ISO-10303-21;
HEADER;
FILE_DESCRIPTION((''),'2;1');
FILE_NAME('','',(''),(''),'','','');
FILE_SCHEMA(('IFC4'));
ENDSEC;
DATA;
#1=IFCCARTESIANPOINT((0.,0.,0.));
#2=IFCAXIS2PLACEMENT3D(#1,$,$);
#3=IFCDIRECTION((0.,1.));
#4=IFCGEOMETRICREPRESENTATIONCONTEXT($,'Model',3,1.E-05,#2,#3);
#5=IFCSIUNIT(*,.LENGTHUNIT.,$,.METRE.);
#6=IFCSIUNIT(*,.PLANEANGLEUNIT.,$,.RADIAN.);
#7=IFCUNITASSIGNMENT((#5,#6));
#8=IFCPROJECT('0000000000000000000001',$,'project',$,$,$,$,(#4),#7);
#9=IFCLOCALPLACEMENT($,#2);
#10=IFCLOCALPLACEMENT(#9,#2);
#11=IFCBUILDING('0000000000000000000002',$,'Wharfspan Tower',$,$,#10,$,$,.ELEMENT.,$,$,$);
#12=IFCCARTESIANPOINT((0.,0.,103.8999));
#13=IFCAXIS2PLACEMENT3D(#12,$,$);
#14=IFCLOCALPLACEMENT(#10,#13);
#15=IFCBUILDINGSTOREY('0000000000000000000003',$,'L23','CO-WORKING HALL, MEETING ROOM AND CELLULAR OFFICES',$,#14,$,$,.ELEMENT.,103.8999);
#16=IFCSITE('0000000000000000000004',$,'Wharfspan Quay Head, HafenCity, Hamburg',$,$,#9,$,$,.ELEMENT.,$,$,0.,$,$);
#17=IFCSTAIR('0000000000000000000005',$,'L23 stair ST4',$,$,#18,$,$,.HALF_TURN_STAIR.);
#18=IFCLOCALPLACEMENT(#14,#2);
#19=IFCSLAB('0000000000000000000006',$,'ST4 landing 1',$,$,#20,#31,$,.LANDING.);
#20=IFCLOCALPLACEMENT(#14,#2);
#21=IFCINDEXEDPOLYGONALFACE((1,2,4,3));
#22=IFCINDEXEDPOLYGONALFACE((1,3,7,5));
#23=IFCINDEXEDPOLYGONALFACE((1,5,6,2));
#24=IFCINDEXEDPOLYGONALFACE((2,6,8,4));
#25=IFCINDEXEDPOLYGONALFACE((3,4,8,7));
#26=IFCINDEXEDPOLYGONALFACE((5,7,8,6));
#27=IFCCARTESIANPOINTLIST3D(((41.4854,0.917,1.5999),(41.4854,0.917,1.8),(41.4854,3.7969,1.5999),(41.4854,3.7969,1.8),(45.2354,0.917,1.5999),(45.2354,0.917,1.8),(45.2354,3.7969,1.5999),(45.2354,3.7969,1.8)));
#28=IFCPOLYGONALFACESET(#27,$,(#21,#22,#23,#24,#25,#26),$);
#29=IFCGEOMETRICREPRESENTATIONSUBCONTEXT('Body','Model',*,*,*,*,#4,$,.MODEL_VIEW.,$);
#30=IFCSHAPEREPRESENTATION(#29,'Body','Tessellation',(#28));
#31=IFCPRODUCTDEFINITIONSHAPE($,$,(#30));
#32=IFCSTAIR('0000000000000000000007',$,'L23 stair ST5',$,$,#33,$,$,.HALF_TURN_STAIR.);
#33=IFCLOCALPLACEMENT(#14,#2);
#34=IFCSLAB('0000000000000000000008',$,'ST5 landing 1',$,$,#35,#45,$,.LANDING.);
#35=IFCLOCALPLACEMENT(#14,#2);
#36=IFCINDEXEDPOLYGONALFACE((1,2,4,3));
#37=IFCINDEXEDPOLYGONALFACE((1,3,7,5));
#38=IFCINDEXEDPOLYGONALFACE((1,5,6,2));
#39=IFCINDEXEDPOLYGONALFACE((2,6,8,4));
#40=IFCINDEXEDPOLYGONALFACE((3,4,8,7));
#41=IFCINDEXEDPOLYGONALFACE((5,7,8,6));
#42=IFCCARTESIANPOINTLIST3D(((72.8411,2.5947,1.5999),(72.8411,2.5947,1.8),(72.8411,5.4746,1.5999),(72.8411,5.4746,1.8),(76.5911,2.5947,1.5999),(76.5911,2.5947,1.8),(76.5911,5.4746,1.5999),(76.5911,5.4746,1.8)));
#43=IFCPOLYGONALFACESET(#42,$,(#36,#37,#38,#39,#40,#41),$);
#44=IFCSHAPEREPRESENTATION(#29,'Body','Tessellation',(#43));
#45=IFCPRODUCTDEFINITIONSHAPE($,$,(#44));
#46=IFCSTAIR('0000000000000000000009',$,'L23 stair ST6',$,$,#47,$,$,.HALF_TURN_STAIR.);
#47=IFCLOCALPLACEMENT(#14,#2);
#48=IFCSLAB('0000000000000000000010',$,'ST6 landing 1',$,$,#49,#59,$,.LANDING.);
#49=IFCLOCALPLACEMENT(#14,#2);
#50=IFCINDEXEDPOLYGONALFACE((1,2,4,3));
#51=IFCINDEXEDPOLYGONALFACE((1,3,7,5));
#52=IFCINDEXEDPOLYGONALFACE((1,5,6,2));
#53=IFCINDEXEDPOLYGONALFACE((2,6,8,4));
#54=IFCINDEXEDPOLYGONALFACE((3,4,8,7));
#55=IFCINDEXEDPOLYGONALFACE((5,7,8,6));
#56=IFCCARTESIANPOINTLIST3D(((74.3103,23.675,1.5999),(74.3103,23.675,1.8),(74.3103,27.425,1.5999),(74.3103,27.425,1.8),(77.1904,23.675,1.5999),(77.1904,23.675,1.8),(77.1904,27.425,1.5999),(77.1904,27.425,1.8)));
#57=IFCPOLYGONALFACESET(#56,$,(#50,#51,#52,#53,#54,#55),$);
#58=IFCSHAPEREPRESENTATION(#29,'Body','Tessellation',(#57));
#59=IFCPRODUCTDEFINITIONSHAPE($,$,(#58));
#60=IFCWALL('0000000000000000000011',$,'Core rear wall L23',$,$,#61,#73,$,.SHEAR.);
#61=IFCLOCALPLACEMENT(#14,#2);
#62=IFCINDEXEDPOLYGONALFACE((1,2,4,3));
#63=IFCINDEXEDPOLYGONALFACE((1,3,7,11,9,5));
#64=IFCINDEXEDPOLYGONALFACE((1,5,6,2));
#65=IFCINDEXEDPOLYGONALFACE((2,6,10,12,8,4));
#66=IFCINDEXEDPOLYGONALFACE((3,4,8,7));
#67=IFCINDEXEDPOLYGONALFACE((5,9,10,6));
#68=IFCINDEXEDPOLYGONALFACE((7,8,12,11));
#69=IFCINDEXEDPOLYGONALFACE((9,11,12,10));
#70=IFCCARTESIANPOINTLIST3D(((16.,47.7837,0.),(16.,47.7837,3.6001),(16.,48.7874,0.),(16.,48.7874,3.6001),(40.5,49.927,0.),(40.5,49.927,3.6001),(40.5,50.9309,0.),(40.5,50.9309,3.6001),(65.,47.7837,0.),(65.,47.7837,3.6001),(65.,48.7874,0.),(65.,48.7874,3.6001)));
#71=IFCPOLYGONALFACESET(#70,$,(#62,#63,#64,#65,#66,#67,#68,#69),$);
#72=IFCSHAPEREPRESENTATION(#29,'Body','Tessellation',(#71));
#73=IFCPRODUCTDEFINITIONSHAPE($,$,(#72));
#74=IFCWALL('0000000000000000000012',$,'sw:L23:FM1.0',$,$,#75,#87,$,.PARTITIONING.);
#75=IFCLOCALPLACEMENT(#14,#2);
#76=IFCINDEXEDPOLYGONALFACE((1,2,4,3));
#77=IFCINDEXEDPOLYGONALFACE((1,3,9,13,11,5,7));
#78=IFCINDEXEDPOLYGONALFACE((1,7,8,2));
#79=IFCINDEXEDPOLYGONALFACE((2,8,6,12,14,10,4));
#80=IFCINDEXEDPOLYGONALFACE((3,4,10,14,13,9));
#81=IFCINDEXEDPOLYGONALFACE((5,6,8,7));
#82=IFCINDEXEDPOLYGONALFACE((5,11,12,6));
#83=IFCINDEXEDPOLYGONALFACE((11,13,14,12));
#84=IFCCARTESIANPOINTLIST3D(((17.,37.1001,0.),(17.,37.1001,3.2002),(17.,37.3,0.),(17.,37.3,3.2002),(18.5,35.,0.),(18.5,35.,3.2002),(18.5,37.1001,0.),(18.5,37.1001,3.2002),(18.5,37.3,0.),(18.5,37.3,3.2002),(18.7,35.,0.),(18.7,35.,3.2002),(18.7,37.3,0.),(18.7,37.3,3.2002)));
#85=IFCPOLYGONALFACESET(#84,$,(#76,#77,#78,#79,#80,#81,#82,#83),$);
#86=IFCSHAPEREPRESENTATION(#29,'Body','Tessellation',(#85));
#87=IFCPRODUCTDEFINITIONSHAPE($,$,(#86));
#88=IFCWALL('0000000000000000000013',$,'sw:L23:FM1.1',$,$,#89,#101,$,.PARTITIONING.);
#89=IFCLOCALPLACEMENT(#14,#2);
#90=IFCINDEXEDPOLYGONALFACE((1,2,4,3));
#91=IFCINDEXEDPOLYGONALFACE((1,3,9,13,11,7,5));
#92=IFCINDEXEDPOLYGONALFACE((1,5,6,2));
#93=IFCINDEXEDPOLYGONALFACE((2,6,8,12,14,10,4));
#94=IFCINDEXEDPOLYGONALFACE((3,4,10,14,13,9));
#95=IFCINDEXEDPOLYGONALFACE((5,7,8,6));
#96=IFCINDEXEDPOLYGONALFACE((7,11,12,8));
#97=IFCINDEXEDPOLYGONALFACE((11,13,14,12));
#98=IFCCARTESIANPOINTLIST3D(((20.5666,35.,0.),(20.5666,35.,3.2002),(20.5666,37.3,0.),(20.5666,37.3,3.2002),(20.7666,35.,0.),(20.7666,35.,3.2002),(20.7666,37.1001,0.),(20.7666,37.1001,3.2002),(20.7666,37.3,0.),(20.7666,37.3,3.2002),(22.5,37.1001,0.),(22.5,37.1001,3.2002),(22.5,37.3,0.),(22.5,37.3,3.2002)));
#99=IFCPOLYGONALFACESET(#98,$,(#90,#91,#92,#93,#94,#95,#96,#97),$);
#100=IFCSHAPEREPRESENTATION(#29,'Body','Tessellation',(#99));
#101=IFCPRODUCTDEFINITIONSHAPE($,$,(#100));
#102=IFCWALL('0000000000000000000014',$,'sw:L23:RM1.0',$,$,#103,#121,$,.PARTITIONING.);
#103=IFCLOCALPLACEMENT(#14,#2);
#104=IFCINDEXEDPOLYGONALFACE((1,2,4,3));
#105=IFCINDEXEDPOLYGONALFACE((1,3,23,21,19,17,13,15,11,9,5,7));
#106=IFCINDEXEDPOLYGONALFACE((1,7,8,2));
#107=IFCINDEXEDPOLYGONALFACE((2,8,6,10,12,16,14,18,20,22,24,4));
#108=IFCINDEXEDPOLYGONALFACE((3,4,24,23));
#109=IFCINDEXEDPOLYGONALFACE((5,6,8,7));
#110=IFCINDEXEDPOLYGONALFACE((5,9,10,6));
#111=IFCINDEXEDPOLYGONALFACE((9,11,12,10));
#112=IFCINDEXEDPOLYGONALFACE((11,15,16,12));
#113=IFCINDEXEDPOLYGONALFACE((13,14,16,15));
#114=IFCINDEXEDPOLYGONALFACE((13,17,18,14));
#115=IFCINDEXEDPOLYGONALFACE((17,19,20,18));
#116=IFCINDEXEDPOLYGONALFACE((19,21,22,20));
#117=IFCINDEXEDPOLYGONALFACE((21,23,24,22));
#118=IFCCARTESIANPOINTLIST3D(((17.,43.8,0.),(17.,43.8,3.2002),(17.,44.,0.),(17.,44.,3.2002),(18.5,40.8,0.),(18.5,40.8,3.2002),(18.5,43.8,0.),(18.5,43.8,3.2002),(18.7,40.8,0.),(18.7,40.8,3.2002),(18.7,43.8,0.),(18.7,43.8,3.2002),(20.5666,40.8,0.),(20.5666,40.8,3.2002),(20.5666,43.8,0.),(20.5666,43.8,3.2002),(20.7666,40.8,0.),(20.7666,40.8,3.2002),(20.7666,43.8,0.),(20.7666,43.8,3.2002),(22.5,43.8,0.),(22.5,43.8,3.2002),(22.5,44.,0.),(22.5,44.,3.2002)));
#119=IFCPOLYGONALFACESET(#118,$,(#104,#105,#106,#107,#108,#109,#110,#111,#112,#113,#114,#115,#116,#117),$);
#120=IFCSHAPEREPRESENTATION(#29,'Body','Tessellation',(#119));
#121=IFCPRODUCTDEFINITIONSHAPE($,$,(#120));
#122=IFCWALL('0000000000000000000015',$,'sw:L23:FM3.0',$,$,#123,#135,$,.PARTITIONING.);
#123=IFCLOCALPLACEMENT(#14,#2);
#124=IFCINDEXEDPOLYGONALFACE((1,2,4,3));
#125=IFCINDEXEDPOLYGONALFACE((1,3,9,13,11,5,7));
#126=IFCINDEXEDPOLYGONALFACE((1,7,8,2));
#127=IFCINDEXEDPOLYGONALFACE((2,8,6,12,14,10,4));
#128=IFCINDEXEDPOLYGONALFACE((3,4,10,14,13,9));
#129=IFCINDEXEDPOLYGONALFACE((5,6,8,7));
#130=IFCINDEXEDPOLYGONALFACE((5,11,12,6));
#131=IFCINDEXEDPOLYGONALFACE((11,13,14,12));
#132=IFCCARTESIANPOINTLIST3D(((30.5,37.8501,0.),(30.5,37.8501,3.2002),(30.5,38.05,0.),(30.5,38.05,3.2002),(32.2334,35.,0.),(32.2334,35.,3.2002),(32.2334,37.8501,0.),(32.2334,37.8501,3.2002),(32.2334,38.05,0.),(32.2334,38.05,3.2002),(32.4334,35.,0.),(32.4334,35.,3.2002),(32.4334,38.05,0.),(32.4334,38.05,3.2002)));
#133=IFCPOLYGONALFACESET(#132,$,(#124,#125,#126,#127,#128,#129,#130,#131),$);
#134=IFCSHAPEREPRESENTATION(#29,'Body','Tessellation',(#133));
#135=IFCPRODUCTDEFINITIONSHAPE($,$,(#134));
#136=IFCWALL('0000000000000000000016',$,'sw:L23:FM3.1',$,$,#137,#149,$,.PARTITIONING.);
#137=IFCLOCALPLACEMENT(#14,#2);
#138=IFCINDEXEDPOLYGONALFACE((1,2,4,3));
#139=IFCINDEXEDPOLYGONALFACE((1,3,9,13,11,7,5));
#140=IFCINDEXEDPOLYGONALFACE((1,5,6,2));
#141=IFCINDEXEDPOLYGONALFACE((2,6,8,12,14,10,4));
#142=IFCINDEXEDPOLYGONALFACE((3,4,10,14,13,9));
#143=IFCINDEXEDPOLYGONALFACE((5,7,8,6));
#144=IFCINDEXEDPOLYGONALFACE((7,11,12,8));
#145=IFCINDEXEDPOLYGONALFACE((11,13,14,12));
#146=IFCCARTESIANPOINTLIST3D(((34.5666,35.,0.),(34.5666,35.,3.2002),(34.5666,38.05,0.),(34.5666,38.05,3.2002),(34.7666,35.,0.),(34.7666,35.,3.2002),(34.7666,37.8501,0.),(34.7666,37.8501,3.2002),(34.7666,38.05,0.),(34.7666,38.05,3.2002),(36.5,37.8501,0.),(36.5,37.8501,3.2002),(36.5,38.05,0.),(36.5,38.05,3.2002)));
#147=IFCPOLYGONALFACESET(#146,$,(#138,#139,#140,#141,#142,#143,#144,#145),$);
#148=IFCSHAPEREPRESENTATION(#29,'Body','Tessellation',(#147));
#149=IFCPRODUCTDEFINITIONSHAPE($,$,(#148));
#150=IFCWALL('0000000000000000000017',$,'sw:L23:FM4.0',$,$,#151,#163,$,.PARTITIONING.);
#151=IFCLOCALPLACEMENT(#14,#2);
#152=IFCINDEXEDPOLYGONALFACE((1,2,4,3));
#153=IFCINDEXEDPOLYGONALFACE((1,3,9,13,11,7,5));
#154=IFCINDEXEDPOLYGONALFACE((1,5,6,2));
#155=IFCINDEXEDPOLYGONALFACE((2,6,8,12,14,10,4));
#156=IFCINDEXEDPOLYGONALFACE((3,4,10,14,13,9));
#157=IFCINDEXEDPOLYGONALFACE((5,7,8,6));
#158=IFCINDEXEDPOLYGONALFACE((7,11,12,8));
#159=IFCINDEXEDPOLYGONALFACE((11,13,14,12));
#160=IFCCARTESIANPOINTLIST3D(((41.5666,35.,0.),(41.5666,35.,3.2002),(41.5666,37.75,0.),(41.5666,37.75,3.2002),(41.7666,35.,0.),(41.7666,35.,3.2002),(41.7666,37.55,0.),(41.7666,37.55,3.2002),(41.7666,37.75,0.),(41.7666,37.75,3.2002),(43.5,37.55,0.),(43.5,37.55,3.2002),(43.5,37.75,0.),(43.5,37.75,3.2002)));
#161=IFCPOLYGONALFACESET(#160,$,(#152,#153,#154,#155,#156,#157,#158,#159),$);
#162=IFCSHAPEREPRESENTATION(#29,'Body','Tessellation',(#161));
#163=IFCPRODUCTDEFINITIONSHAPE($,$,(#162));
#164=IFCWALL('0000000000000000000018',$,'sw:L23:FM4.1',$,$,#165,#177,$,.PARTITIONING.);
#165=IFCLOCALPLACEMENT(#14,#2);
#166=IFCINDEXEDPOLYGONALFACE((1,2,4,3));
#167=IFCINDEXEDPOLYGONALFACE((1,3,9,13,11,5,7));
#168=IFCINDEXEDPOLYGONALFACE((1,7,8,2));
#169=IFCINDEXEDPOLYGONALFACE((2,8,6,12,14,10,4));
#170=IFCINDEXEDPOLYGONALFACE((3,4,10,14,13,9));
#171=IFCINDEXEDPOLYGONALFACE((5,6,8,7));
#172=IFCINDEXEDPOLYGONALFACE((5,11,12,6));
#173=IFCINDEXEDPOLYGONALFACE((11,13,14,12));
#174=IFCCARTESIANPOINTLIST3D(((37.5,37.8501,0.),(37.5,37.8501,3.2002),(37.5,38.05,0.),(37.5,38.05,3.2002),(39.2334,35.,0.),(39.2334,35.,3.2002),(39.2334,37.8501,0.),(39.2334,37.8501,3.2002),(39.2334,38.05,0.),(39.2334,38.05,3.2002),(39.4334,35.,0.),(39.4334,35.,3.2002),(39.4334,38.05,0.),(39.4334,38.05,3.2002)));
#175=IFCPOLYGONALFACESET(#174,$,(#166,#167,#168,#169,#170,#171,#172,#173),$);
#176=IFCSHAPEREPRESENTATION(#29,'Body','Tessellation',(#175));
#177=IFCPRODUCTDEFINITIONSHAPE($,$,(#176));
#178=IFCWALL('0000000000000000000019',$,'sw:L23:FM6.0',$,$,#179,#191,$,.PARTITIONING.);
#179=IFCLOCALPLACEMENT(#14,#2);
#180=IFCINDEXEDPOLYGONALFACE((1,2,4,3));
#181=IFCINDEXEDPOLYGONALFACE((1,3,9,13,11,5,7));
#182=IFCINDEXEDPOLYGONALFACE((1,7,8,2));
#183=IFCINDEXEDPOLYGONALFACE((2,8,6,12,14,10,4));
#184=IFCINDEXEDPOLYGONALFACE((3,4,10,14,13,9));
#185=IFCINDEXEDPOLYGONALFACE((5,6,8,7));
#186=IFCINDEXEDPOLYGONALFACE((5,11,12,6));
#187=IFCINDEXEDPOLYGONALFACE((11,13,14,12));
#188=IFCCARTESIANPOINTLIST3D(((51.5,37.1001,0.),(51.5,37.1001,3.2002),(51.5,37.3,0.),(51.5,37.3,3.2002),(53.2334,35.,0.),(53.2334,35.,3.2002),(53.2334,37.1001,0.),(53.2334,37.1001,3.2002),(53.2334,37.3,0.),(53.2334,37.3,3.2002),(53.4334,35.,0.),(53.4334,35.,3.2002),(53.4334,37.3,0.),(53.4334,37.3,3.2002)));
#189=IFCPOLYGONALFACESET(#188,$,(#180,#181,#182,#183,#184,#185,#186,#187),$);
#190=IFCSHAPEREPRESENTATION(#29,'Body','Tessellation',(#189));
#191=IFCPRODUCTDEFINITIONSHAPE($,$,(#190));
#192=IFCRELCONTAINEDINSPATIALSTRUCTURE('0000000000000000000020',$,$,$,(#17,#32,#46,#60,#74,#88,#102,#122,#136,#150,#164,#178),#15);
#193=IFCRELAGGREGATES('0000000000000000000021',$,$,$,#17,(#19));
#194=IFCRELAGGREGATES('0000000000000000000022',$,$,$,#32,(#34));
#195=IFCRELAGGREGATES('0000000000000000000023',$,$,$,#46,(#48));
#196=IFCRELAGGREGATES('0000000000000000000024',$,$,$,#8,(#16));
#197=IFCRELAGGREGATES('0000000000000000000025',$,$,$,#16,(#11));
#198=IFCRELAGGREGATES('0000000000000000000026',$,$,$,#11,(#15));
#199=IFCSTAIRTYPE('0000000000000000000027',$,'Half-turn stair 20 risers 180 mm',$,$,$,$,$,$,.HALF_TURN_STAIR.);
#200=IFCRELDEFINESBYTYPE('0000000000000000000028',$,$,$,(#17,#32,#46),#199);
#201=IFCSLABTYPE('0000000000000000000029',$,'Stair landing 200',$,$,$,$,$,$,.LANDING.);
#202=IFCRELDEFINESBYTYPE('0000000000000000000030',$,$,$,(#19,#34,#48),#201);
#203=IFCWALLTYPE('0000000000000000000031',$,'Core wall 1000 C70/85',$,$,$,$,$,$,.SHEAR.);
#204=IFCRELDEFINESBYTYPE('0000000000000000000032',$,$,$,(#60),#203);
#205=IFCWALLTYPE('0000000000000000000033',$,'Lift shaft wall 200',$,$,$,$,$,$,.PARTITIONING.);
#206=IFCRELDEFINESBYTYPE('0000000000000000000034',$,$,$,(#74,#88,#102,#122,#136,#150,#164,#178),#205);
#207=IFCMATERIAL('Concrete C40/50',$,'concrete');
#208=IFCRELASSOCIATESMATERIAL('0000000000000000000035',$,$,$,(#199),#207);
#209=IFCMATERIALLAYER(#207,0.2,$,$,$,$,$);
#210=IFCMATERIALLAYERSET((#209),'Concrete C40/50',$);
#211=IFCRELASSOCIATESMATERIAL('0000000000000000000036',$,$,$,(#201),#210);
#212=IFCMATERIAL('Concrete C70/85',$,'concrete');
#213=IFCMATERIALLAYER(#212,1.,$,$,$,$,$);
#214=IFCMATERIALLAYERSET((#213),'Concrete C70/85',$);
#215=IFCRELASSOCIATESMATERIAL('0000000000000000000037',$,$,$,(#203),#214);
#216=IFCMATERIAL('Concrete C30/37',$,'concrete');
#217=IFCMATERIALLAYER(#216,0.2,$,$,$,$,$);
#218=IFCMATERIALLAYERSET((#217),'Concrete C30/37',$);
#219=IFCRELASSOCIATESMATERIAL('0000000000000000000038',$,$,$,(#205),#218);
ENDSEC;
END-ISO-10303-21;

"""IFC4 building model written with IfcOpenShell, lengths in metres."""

from ifc_helpers import new_model, si_unit, direction, frame, origin, place, context, subcontext, project, spatial, polyline, outline, extrude, material, layer, layer_set, type_object, element, aggregate, save


model = new_model("IFC4")

# Units and contexts
model_context = context("Model", 3, precision=1e-05, world=origin(), true_north=direction((0.0, 1.0)))
body_context = subcontext(model_context, "Body", "Model", "MODEL_VIEW")
ifc_project = project(units=[si_unit("LENGTHUNIT", "METRE"), si_unit("PLANEANGLEUNIT", "RADIAN")], contexts=[model_context])

# Site, building, storey
site_placement = place(None, origin())
site = spatial("IfcSite", under=ifc_project, at=site_placement, Name="Wharfspan Quay Head, HafenCity, Hamburg", CompositionType="ELEMENT", RefElevation=0.0)
building_placement = place(site_placement, origin())
building = spatial("IfcBuilding", under=site, at=building_placement, Name="Wharfspan Tower", CompositionType="ELEMENT")
storey_placement = place(building_placement, frame((0.0, 0.0, 103.8999)))
storey = spatial("IfcBuildingStorey", under=building, at=storey_placement, Name="L23", Description="CO-WORKING HALL, MEETING ROOM AND CELLULAR OFFICES", CompositionType="ELEMENT", Elevation=103.8999)

# Shared definitions
ifc_material_1 = material(Name="Concrete C40/50", Category="concrete")

# Stairs, slabs
stair_type = type_object("IfcStairType", Name="Half-turn stair 20 risers 180 mm", PredefinedType="HALF_TURN_STAIR", material=ifc_material_1)
ifc_layer_1 = layer(ifc_material_1, 0.2)
ifc_layer_set_1 = layer_set([ifc_layer_1], Name="Concrete C40/50")
slab_type_1 = type_object("IfcSlabType", Name="Stair landing 200", PredefinedType="LANDING", material=ifc_layer_set_1)
stair_1_placement = place(storey_placement, origin())
stair_1 = element("IfcStair", 1, at=stair_1_placement, inside=storey, type_object=stair_type, Name="L23 stair ST4", PredefinedType="HALF_TURN_STAIR")
slab_1_placement = place(storey_placement, frame((0.0, 0.0, 1.5999)))
slab_1 = element("IfcSlab", 2, at=slab_1_placement, type_object=slab_type_1, Name="ST4 landing 1", PredefinedType="LANDING", context=body_context, shape_type="SweptSolid", body=[
    extrude(outline(polyline([(41.4854, 3.7969), (41.4854, 0.917), (45.2354, 0.917), (45.2354, 3.7969), (41.4854, 3.7969)])), origin(), (0.0, 0.0, 1.0), 0.2002),
])
aggregate(stair_1, [slab_1])
stair_2_placement = place(storey_placement, origin())
stair_2 = element("IfcStair", 3, at=stair_2_placement, inside=storey, type_object=stair_type, Name="L23 stair ST5", PredefinedType="HALF_TURN_STAIR")
slab_2_placement = place(storey_placement, frame((0.0, 0.0, 1.5999)))
slab_2 = element("IfcSlab", 4, at=slab_2_placement, type_object=slab_type_1, Name="ST5 landing 1", PredefinedType="LANDING", context=body_context, shape_type="SweptSolid", body=[
    extrude(outline(polyline([(72.8411, 5.4746), (72.8411, 2.5947), (76.5911, 2.5947), (76.5911, 5.4746), (72.8411, 5.4746)])), origin(), (0.0, 0.0, 1.0), 0.2002),
])
aggregate(stair_2, [slab_2])
stair_3_placement = place(storey_placement, origin())
stair_3 = element("IfcStair", 5, at=stair_3_placement, inside=storey, type_object=stair_type, Name="L23 stair ST6", PredefinedType="HALF_TURN_STAIR")
slab_3_placement = place(storey_placement, frame((0.0, 0.0, 1.5999)))
slab_3 = element("IfcSlab", 6, at=slab_3_placement, type_object=slab_type_1, Name="ST6 landing 1", PredefinedType="LANDING", context=body_context, shape_type="SweptSolid", body=[
    extrude(outline(polyline([(74.3103, 23.675), (77.1904, 23.675), (77.1904, 27.425), (74.3103, 27.425), (74.3103, 23.675)])), origin(), (0.0, 0.0, 1.0), 0.2002),
])
aggregate(stair_3, [slab_3])

# Walls
ifc_material_2 = material(Name="Concrete C70/85", Category="concrete")
ifc_layer_2 = layer(ifc_material_2, 1.0)
ifc_layer_set_2 = layer_set([ifc_layer_2], Name="Concrete C70/85")
wall_type_1 = type_object("IfcWallType", Name="Core wall 1000 C70/85", PredefinedType="SHEAR", material=ifc_layer_set_2)
wall_1_placement = place(storey_placement, origin())
element("IfcWall", 7, at=wall_1_placement, inside=storey, type_object=wall_type_1, Name="Core rear wall L23", PredefinedType="SHEAR", context=body_context, shape_type="SweptSolid", body=[
    extrude(outline(polyline([(16.0, 47.7837), (40.5, 49.927), (65.0, 47.7837), (65.0, 48.7874), (40.5, 50.9309), (16.0, 48.7874), (16.0, 47.7837)])), origin(), (0.0, 0.0, 1.0), 3.6001),
])
ifc_material_3 = material(Name="Concrete C30/37", Category="concrete")
ifc_layer_3 = layer(ifc_material_3, 0.2)
ifc_layer_set_3 = layer_set([ifc_layer_3], Name="Concrete C30/37")
wall_type_2 = type_object("IfcWallType", Name="Lift shaft wall 200", PredefinedType="PARTITIONING", material=ifc_layer_set_3)
wall_2_placement = place(storey_placement, origin())
element("IfcWall", 8, at=wall_2_placement, inside=storey, type_object=wall_type_2, Name="sw:L23:FM1.0", PredefinedType="PARTITIONING", context=body_context, shape_type="SweptSolid", body=[
    extrude(outline(polyline([(18.5, 37.1001), (17.0, 37.1001), (17.0, 37.3), (18.5, 37.3), (18.7, 37.3), (18.7, 35.0), (18.5, 35.0), (18.5, 37.1001)])), origin(), (0.0, 0.0, 1.0), 3.2002),
])
wall_3_placement = place(storey_placement, origin())
element("IfcWall", 9, at=wall_3_placement, inside=storey, type_object=wall_type_2, Name="sw:L23:FM1.1", PredefinedType="PARTITIONING", context=body_context, shape_type="SweptSolid", body=[
    extrude(outline(polyline([(20.5666, 37.3), (20.7666, 37.3), (22.5, 37.3), (22.5, 37.1001), (20.7666, 37.1001), (20.7666, 35.0), (20.5666, 35.0), (20.5666, 37.3)])), origin(), (0.0, 0.0, 1.0), 3.2002),
])
wall_4_placement = place(storey_placement, origin())
element("IfcWall", 10, at=wall_4_placement, inside=storey, type_object=wall_type_2, Name="sw:L23:RM1.0", PredefinedType="PARTITIONING", context=body_context, shape_type="SweptSolid", body=[
    extrude(outline(polyline([(18.7, 40.8), (18.5, 40.8), (18.5, 43.8), (17.0, 43.8), (17.0, 44.0), (22.5, 44.0), (22.5, 43.8), (20.7666, 43.8), (20.7666, 40.8), (20.5666, 40.8), (20.5666, 43.8), (18.7, 43.8), (18.7, 40.8)])), origin(), (0.0, 0.0, 1.0), 3.2002),
])
wall_5_placement = place(storey_placement, origin())
element("IfcWall", 11, at=wall_5_placement, inside=storey, type_object=wall_type_2, Name="sw:L23:FM3.0", PredefinedType="PARTITIONING", context=body_context, shape_type="SweptSolid", body=[
    extrude(outline(polyline([(32.2334, 37.8501), (30.5, 37.8501), (30.5, 38.05), (32.2334, 38.05), (32.4333, 38.05), (32.4333, 35.0), (32.2334, 35.0), (32.2334, 37.8501)])), origin(), (0.0, 0.0, 1.0), 3.2002),
])
wall_6_placement = place(storey_placement, origin())
element("IfcWall", 12, at=wall_6_placement, inside=storey, type_object=wall_type_2, Name="sw:L23:FM3.1", PredefinedType="PARTITIONING", context=body_context, shape_type="SweptSolid", body=[
    extrude(outline(polyline([(34.5667, 38.05), (34.7666, 38.05), (36.5, 38.05), (36.5, 37.8501), (34.7666, 37.8501), (34.7666, 35.0), (34.5667, 35.0), (34.5667, 38.05)])), origin(), (0.0, 0.0, 1.0), 3.2002),
])
wall_7_placement = place(storey_placement, origin())
element("IfcWall", 13, at=wall_7_placement, inside=storey, type_object=wall_type_2, Name="sw:L23:FM4.0", PredefinedType="PARTITIONING", context=body_context, shape_type="SweptSolid", body=[
    extrude(outline(polyline([(41.5667, 37.75), (41.7666, 37.75), (43.5, 37.75), (43.5, 37.55), (41.7666, 37.55), (41.7666, 35.0), (41.5667, 35.0), (41.5667, 37.75)])), origin(), (0.0, 0.0, 1.0), 3.2002),
])
wall_8_placement = place(storey_placement, origin())
element("IfcWall", 14, at=wall_8_placement, inside=storey, type_object=wall_type_2, Name="sw:L23:FM4.1", PredefinedType="PARTITIONING", context=body_context, shape_type="SweptSolid", body=[
    extrude(outline(polyline([(39.2334, 37.8501), (37.5, 37.8501), (37.5, 38.05), (39.2334, 38.05), (39.4333, 38.05), (39.4333, 35.0), (39.2334, 35.0), (39.2334, 37.8501)])), origin(), (0.0, 0.0, 1.0), 3.2002),
])
wall_9_placement = place(storey_placement, origin())
element("IfcWall", 15, at=wall_9_placement, inside=storey, type_object=wall_type_2, Name="sw:L23:FM6.0", PredefinedType="PARTITIONING", context=body_context, shape_type="SweptSolid", body=[
    extrude(outline(polyline([(53.2334, 37.1001), (51.5, 37.1001), (51.5, 37.3), (53.2334, 37.3), (53.4333, 37.3), (53.4333, 35.0), (53.2334, 35.0), (53.2334, 37.1001)])), origin(), (0.0, 0.0, 1.0), 3.2002),
])

save(model, "model.ifc")
